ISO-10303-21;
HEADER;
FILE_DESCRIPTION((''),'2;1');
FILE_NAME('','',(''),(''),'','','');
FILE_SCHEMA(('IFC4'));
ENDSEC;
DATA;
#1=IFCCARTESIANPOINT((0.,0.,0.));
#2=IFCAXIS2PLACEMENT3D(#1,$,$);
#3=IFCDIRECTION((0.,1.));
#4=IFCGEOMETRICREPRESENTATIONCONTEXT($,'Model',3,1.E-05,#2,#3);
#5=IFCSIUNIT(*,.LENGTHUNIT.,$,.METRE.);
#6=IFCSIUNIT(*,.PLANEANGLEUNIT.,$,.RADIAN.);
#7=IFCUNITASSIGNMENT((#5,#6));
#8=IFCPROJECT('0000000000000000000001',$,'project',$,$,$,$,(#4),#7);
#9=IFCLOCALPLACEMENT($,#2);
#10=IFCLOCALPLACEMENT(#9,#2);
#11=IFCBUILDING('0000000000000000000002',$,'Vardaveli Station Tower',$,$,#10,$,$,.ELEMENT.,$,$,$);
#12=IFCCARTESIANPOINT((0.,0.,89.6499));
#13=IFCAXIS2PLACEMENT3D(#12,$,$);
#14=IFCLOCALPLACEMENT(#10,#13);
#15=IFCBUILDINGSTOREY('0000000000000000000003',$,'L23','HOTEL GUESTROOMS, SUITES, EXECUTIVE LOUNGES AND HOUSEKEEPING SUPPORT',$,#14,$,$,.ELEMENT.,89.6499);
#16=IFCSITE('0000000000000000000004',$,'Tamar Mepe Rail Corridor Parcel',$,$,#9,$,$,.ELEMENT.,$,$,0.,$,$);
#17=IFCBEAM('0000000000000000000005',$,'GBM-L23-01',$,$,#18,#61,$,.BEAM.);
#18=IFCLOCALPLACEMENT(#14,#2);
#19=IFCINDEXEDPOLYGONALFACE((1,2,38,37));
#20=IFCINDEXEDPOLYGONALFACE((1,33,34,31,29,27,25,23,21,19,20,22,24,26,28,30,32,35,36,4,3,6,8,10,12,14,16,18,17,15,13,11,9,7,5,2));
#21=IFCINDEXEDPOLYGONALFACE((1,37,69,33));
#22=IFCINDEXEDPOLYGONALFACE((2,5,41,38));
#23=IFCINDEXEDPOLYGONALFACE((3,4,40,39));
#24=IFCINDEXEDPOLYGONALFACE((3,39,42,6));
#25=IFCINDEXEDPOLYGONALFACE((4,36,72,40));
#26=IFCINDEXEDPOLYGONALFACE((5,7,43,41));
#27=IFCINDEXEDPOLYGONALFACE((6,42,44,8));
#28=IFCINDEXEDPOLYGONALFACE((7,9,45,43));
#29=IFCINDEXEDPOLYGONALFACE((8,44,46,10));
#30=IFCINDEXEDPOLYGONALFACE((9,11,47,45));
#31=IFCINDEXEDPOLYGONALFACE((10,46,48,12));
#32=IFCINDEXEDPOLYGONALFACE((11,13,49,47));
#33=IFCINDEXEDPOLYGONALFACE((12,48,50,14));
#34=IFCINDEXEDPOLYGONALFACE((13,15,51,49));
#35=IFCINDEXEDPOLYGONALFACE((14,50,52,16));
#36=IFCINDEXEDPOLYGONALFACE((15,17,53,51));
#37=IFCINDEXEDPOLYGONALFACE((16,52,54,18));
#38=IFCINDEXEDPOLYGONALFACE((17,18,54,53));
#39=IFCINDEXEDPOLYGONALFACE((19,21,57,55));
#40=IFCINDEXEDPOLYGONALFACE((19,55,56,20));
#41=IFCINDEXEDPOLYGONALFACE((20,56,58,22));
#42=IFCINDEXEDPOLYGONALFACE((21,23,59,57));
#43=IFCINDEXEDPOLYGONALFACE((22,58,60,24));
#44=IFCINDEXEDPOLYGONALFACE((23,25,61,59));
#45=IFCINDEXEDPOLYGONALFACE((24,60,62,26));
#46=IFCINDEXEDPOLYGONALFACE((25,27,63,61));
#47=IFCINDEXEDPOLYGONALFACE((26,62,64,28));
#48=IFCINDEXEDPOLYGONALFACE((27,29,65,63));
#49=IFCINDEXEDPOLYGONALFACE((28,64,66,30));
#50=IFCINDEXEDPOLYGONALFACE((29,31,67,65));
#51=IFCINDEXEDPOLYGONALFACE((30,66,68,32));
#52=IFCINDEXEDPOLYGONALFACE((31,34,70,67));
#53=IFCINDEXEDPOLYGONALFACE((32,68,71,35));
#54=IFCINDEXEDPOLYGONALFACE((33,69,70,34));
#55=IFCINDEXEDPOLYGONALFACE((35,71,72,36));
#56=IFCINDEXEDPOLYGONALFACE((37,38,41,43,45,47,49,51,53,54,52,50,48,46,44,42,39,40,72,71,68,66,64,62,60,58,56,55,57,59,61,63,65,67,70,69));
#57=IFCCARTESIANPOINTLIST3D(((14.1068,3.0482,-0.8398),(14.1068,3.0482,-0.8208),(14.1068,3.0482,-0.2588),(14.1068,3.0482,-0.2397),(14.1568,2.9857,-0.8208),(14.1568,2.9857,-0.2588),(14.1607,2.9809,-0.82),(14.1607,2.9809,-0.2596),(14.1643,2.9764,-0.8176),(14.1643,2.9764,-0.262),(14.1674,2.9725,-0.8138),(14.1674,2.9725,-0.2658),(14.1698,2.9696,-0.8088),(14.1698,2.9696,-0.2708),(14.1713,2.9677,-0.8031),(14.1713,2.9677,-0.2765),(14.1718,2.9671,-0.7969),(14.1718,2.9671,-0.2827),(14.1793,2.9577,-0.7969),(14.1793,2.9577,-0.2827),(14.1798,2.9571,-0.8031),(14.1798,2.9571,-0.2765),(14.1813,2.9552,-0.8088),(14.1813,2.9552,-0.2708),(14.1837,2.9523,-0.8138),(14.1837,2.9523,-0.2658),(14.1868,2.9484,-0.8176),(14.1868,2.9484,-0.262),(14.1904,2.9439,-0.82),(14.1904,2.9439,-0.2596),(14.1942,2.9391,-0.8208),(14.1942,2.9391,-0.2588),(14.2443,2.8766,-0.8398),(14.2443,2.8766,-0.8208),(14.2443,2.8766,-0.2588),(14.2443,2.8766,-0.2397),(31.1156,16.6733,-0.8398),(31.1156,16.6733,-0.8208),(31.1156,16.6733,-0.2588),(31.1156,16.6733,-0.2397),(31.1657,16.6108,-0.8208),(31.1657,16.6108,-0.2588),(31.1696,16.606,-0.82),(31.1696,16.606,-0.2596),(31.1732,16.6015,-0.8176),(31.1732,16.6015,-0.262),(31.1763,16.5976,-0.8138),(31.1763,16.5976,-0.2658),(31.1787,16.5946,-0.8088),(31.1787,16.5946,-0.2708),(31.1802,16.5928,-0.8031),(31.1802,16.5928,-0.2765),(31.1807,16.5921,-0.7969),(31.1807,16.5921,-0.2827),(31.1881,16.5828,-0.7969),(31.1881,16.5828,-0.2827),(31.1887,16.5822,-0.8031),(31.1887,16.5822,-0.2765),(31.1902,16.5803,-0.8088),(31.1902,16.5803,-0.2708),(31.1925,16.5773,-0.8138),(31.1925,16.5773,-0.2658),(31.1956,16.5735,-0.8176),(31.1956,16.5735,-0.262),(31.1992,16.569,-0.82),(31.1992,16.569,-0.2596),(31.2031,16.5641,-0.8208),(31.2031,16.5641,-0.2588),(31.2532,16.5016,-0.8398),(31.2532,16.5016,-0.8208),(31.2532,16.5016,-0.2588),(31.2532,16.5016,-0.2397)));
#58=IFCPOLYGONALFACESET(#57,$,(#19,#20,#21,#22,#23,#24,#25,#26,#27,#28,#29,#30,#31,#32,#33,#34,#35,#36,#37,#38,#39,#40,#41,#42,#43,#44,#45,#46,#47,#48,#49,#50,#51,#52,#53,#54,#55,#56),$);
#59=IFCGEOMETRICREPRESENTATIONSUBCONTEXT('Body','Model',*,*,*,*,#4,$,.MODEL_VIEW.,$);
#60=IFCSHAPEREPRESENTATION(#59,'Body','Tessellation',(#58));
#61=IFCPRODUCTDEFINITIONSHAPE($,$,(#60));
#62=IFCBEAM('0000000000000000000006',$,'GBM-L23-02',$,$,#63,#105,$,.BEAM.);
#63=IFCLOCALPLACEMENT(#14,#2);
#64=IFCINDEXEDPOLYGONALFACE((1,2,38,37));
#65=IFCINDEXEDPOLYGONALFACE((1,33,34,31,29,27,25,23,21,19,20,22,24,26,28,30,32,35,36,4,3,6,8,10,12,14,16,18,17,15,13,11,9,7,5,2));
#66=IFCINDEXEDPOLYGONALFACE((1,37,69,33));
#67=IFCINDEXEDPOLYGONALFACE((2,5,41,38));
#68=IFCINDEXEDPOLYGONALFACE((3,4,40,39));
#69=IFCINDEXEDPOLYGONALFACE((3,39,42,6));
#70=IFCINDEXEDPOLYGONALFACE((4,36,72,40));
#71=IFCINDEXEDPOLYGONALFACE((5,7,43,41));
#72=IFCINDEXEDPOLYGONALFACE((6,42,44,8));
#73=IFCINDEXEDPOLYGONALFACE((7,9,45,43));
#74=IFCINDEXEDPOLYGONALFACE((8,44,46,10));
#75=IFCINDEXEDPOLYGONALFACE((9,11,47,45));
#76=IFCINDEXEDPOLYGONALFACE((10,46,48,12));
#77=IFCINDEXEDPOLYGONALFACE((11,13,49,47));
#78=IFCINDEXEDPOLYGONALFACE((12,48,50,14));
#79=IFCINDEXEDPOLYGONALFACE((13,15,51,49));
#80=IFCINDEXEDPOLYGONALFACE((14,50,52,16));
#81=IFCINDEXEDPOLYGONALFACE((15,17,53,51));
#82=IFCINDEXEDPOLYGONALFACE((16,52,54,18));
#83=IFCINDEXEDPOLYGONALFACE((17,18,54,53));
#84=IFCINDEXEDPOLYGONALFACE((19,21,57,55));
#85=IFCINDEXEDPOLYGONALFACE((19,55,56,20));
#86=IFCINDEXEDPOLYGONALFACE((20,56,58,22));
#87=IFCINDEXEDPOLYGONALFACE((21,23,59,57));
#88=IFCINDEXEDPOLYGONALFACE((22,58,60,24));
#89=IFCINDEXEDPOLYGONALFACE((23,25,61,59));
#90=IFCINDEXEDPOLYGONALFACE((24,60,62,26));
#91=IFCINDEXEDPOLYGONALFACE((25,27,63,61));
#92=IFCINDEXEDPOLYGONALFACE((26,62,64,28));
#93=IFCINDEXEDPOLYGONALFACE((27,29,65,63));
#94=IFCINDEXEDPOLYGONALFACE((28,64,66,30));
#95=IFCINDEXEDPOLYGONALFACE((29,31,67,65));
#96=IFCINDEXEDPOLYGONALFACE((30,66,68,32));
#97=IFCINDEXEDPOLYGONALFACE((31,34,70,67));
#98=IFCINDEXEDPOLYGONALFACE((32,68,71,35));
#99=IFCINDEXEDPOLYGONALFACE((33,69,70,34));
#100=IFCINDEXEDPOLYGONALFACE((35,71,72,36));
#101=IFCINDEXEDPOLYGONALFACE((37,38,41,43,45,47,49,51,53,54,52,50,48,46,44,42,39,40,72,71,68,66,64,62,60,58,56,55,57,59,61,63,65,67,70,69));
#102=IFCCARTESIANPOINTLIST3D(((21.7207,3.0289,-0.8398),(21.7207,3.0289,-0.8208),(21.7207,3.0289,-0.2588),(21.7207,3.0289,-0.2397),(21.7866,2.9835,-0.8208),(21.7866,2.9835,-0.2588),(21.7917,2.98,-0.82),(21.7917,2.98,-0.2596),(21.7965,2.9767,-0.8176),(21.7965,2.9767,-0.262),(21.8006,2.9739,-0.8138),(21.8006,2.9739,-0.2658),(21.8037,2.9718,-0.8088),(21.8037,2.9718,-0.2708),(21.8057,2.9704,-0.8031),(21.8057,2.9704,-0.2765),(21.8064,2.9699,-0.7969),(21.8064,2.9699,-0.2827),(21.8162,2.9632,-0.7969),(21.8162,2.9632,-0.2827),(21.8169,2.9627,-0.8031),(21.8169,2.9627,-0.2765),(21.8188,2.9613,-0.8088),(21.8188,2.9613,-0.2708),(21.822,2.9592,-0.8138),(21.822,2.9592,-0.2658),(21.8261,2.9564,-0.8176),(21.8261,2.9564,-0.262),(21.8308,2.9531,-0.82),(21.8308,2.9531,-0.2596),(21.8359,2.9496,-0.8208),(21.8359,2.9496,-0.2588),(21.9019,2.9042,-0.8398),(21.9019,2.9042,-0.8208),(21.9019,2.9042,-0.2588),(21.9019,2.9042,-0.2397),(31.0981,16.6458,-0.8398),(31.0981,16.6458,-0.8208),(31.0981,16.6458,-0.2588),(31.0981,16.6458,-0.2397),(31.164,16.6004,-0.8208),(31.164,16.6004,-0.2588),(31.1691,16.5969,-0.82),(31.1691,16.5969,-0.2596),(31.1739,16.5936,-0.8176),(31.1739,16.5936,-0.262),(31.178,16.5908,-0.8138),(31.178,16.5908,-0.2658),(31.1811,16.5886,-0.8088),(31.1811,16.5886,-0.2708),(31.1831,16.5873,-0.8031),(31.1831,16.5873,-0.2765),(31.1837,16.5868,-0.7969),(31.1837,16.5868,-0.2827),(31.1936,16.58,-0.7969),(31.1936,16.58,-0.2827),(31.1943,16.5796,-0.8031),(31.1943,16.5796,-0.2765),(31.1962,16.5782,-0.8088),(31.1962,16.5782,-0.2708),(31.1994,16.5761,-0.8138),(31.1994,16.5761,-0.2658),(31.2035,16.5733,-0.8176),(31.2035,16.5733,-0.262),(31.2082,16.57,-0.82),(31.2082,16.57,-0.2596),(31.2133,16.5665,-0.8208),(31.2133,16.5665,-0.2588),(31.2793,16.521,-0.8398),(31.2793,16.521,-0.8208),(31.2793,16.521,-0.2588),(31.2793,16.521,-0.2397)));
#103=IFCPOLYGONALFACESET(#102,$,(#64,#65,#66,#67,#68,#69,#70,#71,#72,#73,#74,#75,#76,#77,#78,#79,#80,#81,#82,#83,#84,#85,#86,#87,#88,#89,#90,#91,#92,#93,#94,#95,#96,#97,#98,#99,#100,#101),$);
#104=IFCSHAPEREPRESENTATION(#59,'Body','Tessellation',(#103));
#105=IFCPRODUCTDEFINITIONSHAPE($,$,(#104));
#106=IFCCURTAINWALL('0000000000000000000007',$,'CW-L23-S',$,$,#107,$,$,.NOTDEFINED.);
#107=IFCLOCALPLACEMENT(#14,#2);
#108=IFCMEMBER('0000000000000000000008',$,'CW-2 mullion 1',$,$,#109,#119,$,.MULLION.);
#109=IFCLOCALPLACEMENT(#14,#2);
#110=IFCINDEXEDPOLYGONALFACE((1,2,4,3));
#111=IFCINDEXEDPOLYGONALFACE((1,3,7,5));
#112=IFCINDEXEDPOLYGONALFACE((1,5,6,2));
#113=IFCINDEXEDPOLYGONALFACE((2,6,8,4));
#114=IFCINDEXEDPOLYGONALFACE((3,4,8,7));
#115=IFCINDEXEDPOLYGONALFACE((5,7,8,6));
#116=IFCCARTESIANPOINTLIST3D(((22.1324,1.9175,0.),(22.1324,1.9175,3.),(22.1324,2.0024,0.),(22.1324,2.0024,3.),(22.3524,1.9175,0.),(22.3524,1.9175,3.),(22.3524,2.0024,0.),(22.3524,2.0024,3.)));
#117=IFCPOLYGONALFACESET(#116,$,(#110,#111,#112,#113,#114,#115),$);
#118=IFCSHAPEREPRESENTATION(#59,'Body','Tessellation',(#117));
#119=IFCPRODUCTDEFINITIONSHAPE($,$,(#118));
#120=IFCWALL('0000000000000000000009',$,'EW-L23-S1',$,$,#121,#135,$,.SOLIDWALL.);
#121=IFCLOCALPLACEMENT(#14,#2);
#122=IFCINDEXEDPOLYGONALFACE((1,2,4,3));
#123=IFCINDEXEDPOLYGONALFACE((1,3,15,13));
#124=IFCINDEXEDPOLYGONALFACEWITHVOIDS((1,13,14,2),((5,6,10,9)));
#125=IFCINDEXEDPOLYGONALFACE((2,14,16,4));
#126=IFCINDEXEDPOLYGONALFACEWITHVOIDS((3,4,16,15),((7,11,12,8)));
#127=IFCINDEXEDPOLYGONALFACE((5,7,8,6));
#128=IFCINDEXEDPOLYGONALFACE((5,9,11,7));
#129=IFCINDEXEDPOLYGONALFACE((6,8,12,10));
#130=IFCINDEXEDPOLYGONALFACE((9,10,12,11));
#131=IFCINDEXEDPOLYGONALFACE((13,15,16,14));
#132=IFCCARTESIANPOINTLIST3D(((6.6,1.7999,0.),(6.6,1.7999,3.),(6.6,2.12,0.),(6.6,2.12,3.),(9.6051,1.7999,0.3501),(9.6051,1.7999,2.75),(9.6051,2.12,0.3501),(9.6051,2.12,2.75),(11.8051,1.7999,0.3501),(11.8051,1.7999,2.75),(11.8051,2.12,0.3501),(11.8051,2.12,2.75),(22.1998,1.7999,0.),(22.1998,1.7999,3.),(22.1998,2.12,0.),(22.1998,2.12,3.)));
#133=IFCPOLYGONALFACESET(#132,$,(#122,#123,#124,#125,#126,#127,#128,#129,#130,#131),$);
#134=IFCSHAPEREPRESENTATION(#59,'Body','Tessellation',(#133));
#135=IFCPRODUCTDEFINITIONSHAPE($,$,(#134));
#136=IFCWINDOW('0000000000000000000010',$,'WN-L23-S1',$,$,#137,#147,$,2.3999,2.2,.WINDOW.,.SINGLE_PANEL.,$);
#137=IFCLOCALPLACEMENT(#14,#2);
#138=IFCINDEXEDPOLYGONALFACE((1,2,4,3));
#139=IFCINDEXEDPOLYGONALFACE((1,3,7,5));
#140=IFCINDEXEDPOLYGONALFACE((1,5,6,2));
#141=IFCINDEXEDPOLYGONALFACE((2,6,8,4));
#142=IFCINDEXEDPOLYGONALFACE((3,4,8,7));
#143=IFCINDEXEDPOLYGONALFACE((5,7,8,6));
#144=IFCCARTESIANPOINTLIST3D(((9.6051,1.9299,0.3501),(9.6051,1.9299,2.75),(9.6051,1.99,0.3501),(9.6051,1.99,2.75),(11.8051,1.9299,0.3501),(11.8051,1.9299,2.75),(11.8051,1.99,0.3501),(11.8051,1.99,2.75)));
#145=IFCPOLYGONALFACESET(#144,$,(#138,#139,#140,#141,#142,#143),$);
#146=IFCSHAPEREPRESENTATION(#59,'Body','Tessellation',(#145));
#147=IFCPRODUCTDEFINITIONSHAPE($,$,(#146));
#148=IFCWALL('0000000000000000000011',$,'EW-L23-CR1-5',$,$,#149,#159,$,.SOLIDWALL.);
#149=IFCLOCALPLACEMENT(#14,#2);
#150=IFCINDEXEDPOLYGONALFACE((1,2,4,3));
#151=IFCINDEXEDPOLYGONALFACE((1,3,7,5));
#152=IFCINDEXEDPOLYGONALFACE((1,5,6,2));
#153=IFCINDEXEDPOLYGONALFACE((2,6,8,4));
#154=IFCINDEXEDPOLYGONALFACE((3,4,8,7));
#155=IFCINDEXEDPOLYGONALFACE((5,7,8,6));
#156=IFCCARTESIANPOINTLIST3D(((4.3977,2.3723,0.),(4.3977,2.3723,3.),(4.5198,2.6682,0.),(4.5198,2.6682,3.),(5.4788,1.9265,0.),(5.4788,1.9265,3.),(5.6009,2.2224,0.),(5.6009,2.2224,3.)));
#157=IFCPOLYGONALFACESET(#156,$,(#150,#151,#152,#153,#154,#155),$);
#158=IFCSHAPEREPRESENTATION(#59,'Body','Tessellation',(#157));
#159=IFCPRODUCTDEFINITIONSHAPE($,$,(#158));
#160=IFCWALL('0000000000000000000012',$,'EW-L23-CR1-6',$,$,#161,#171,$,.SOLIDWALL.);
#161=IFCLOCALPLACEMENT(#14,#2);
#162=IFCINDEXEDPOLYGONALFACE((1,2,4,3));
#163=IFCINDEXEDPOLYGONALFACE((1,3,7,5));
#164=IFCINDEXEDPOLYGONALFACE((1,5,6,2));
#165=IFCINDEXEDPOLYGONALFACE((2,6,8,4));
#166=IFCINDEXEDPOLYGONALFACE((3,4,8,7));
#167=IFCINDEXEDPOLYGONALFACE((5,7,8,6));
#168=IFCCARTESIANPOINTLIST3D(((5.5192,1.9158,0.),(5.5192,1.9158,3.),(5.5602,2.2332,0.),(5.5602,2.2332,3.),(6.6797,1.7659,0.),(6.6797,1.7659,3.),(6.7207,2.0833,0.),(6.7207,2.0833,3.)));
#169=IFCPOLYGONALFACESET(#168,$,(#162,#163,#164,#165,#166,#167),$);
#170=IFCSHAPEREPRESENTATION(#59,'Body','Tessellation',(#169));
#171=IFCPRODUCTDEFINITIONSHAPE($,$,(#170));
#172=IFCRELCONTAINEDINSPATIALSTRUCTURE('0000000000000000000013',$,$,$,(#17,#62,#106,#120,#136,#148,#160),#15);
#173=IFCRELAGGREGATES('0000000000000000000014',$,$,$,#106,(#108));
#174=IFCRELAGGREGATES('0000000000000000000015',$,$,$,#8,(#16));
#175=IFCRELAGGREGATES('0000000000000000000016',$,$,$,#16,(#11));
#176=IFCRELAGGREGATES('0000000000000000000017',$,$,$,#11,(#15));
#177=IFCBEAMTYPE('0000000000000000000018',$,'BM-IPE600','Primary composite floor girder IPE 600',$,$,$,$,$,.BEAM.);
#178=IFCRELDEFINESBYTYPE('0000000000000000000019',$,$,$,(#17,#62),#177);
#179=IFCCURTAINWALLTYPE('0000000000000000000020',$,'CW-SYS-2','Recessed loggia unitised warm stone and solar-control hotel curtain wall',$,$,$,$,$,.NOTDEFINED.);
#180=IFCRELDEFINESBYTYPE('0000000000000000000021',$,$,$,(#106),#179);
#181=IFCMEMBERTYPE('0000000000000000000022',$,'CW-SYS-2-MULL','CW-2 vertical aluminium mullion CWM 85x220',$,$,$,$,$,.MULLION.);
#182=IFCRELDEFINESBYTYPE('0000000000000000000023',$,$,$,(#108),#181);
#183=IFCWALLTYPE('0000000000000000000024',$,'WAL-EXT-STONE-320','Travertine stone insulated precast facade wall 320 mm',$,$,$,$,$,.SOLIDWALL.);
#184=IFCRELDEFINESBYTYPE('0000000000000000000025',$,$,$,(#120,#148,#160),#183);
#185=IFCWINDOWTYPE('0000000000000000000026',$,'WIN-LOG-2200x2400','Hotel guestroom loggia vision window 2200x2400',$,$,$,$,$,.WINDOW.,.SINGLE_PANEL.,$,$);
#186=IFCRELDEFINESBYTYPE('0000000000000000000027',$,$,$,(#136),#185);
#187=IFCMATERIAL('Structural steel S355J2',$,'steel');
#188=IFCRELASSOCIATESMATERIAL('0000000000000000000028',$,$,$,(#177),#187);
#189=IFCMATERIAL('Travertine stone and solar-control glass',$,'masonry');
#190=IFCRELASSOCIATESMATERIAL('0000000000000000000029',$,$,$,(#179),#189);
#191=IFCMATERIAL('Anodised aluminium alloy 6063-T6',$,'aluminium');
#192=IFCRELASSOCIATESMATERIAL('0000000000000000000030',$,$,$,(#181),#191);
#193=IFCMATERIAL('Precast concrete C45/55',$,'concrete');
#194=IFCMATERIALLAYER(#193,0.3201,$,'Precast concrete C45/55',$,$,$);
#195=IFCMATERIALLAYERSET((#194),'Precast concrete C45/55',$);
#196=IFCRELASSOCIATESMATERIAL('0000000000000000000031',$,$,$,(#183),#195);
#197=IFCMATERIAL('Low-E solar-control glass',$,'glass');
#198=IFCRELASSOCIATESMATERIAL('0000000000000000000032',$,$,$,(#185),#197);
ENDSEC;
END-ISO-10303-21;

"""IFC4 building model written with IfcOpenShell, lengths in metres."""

from ifc_helpers import new_model, si_unit, direction, frame, frame_2d, origin, origin_2d, place, context, subcontext, project, spatial, rectangle, i_section, extrude, source, transform, mapped, material, layer, layer_set, material_profile, profile_set, type_object, element, fill, aggregate, save


model = new_model("IFC4")

# Units and contexts
model_context = context("Model", 3, precision=1e-05, world=origin(), true_north=direction((0.0, 1.0)))
body_context = subcontext(model_context, "Body", "Model", "MODEL_VIEW")
ifc_project = project(units=[si_unit("LENGTHUNIT", "METRE"), si_unit("PLANEANGLEUNIT", "RADIAN")], contexts=[model_context])

# Site, building, storey
site_placement = place(None, origin())
site = spatial("IfcSite", under=ifc_project, at=site_placement, Name="Tamar Mepe Rail Corridor Parcel", CompositionType="ELEMENT", RefElevation=0.0)
building_placement = place(site_placement, origin())
building = spatial("IfcBuilding", under=site, at=building_placement, Name="Vardaveli Station Tower", CompositionType="ELEMENT")
storey_placement = place(building_placement, frame((0.0, 0.0, 89.6499)))
storey = spatial("IfcBuildingStorey", under=building, at=storey_placement, Name="L23", Description="HOTEL GUESTROOMS, SUITES, EXECUTIVE LOUNGES AND HOUSEKEEPING SUPPORT", CompositionType="ELEMENT", Elevation=89.6499)

# Beams
ifc_material_1 = material(Name="Precast concrete C45/55", Category="concrete")
ifc_material_2 = material(Name="Structural steel S355J2", Category="steel")
ifc_material_profile_1 = material_profile(ifc_material_2, i_section(OverallWidth=0.22, OverallDepth=0.6001, WebThickness=0.012, FlangeThickness=0.019, FilletRadius=0.0239, at=origin_2d()), Name="IPE 600")
ifc_profile_set_1 = profile_set([ifc_material_profile_1], Name="Structural steel S355J2")
beam_type_1 = type_object("IfcBeamType", Name="BM-IPE600", Description="Primary composite floor girder IPE 600", PredefinedType="BEAM", material=ifc_profile_set_1)
shared_shape_1 = source(origin(), body_context, "Body", "SweptSolid", [
    extrude(i_section(OverallWidth=0.22, OverallDepth=0.6001, WebThickness=0.012, FlangeThickness=0.019, FilletRadius=0.0239, at=origin_2d()), origin(), (0.0, 0.0, 1.0), 21.7932),
])
beam_1_placement = place(storey_placement, frame((14.1755, 2.9624, -0.5398), z_axis=(0.780466, 0.625198, 0.0), x_axis=(-0.625198, 0.780466, 0.0)))
element("IfcBeam", 1, at=beam_1_placement, inside=storey, type_object=beam_type_1, Name="GBM-L23-01", PredefinedType="BEAM", context=body_context, shape_type="MappedRepresentation", body=[
    mapped(shared_shape_1, transform((0.0, 0.0, 0.0), scale=1.0)),
])
shared_shape_2 = source(origin(), body_context, "Body", "SweptSolid", [
    extrude(i_section(OverallWidth=0.22, OverallDepth=0.6001, WebThickness=0.012, FlangeThickness=0.019, FilletRadius=0.0239, at=origin_2d()), origin(), (0.0, 0.0, 1.0), 16.5334),
])
beam_2_placement = place(storey_placement, frame((21.8113, 2.9666, -0.5398), z_axis=(0.567177, 0.823596, 0.0), x_axis=(-0.823596, 0.567177, 0.0)))
element("IfcBeam", 2, at=beam_2_placement, inside=storey, type_object=beam_type_1, Name="GBM-L23-02", PredefinedType="BEAM", context=body_context, shape_type="MappedRepresentation", body=[
    mapped(shared_shape_2, transform((0.0, 0.0, 0.0), scale=1.0)),
])

# Curtain wall, member
ifc_material_3 = material(Name="Travertine stone and solar-control glass", Category="masonry")
curtain_wall_type = type_object("IfcCurtainWallType", Name="CW-SYS-2", Description="Recessed loggia unitised warm stone and solar-control hotel curtain wall", PredefinedType="NOTDEFINED", material=ifc_material_3)
curtain_wall_placement = place(storey_placement, origin())
curtain_wall = element("IfcCurtainWall", 3, at=curtain_wall_placement, inside=storey, type_object=curtain_wall_type, Name="CW-L23-S", PredefinedType="NOTDEFINED")
ifc_material_4 = material(Name="Anodised aluminium alloy 6063-T6", Category="aluminium")
ifc_material_profile_2 = material_profile(ifc_material_4, rectangle(XDim=0.085, YDim=0.22, at=origin_2d()), Name="CWM 85x220")
ifc_profile_set_2 = profile_set([ifc_material_profile_2], Name="Anodised aluminium alloy 6063-T6")
member_type = type_object("IfcMemberType", Name="CW-SYS-2-MULL", Description="CW-2 vertical aluminium mullion CWM 85x220", PredefinedType="MULLION", material=ifc_profile_set_2)
shared_shape_3 = source(origin(), body_context, "Body", "SweptSolid", [
    extrude(rectangle(XDim=0.085, YDim=0.22, at=origin_2d()), origin(), (0.0, 0.0, 1.0), 3.0),
])
member_placement = place(storey_placement, frame((22.2424, 1.96, 0.0), z_axis=(0.0, 0.0, 1.0), x_axis=(0.0, 1.0, 0.0)))
member = element("IfcMember", 4, at=member_placement, type_object=member_type, Name="CW-2 mullion 1", PredefinedType="MULLION", context=body_context, shape_type="MappedRepresentation", body=[
    mapped(shared_shape_3, transform((0.0, 0.0, 0.0), scale=1.0)),
])
aggregate(curtain_wall, [member])

# Wall, opening, window
ifc_layer_1 = layer(ifc_material_1, 0.3201, Name="Precast concrete C45/55")
ifc_layer_set_1 = layer_set([ifc_layer_1], Name="Precast concrete C45/55")
wall_type_1 = type_object("IfcWallType", Name="WAL-EXT-STONE-320", Description="Travertine stone insulated precast facade wall 320 mm", PredefinedType="SOLIDWALL", material=ifc_layer_set_1)
shared_shape_4 = source(origin(), body_context, "Body", "SweptSolid", [
    extrude(rectangle(XDim=15.5999, YDim=0.3201, at=frame_2d((7.7998, 0.0))), origin(), (0.0, 0.0, 1.0), 3.0),
])
wall_1_placement = place(storey_placement, frame((6.6001, 1.96, 0.0), z_axis=(0.0, 0.0, 1.0), x_axis=(1.0, 0.0, 0.0)))
wall_1 = element("IfcWall", 5, at=wall_1_placement, inside=storey, type_object=wall_type_1, Name="EW-L23-S1", PredefinedType="SOLIDWALL", context=body_context, shape_type="MappedRepresentation", body=[
    mapped(shared_shape_4, transform((0.0, 0.0, 0.0), scale=1.0)),
])
shared_shape_5 = source(origin(), body_context, "Body", "SweptSolid", [
    extrude(rectangle(XDim=2.2, YDim=2.3999, at=frame_2d((1.1001, 1.2))), frame((0.0, 0.1699, 0.0), z_axis=(0.0, -1.0, 0.0), x_axis=(1.0, 0.0, 0.0)), (0.0, 0.0, 1.0), 0.3401),
])
opening_1_placement = place(wall_1_placement, frame((3.0049, 0.0, 0.3501)))
opening_1 = element("IfcOpeningElement", 6, at=opening_1_placement, cuts=wall_1, PredefinedType="OPENING", context=body_context, shape_type="MappedRepresentation", body=[
    mapped(shared_shape_5, transform((0.0, 0.0, 0.0), scale=1.0)),
])
ifc_material_5 = material(Name="Low-E solar-control glass", Category="glass")
window_type = type_object("IfcWindowType", Name="WIN-LOG-2200x2400", Description="Hotel guestroom loggia vision window 2200x2400", PartitioningType="SINGLE_PANEL", PredefinedType="WINDOW", material=ifc_material_5)
shared_shape_6 = source(origin(), body_context, "Body", "SweptSolid", [
    extrude(rectangle(XDim=2.2, YDim=2.3999, at=frame_2d((1.1001, 1.2))), frame((0.0, 0.03, 0.0), z_axis=(0.0, -1.0, 0.0), x_axis=(1.0, 0.0, 0.0)), (0.0, 0.0, 1.0), 0.0601),
])
window_placement = place(opening_1_placement, origin())
window = element("IfcWindow", 7, at=window_placement, inside=storey, type_object=window_type, Name="WN-L23-S1", OverallHeight=2.3999, OverallWidth=2.2, PartitioningType="SINGLE_PANEL", PredefinedType="WINDOW", context=body_context, shape_type="MappedRepresentation", body=[
    mapped(shared_shape_6, transform((0.0, 0.0, 0.0), scale=1.0)),
])
fill(opening_1, window)

# Walls
shared_shape_7 = source(origin(), body_context, "Body", "SweptSolid", [
    extrude(rectangle(XDim=1.1694, YDim=0.3201, at=frame_2d((0.5847, 0.0))), origin(), (0.0, 0.0, 1.0), 3.0),
])
wall_2_placement = place(storey_placement, frame((4.4587, 2.5203, 0.0), z_axis=(0.0, 0.0, 1.0), x_axis=(0.924479, -0.381233, 0.0)))
element("IfcWall", 8, at=wall_2_placement, inside=storey, type_object=wall_type_1, Name="EW-L23-CR1-5", PredefinedType="SOLIDWALL", context=body_context, shape_type="MappedRepresentation", body=[
    mapped(shared_shape_7, transform((0.0, 0.0, 0.0), scale=1.0)),
])
shared_shape_8 = source(origin(), body_context, "Body", "SweptSolid", [
    extrude(rectangle(XDim=1.1702, YDim=0.3201, at=frame_2d((0.585, 0.0))), origin(), (0.0, 0.0, 1.0), 3.0),
])
wall_3_placement = place(storey_placement, frame((5.5398, 2.0745, 0.0), z_axis=(0.0, 0.0, 1.0), x_axis=(0.991762, -0.12809, 0.0)))
element("IfcWall", 9, at=wall_3_placement, inside=storey, type_object=wall_type_1, Name="EW-L23-CR1-6", PredefinedType="SOLIDWALL", context=body_context, shape_type="MappedRepresentation", body=[
    mapped(shared_shape_8, transform((0.0, 0.0, 0.0), scale=1.0)),
])

save(model, "model.ifc")
